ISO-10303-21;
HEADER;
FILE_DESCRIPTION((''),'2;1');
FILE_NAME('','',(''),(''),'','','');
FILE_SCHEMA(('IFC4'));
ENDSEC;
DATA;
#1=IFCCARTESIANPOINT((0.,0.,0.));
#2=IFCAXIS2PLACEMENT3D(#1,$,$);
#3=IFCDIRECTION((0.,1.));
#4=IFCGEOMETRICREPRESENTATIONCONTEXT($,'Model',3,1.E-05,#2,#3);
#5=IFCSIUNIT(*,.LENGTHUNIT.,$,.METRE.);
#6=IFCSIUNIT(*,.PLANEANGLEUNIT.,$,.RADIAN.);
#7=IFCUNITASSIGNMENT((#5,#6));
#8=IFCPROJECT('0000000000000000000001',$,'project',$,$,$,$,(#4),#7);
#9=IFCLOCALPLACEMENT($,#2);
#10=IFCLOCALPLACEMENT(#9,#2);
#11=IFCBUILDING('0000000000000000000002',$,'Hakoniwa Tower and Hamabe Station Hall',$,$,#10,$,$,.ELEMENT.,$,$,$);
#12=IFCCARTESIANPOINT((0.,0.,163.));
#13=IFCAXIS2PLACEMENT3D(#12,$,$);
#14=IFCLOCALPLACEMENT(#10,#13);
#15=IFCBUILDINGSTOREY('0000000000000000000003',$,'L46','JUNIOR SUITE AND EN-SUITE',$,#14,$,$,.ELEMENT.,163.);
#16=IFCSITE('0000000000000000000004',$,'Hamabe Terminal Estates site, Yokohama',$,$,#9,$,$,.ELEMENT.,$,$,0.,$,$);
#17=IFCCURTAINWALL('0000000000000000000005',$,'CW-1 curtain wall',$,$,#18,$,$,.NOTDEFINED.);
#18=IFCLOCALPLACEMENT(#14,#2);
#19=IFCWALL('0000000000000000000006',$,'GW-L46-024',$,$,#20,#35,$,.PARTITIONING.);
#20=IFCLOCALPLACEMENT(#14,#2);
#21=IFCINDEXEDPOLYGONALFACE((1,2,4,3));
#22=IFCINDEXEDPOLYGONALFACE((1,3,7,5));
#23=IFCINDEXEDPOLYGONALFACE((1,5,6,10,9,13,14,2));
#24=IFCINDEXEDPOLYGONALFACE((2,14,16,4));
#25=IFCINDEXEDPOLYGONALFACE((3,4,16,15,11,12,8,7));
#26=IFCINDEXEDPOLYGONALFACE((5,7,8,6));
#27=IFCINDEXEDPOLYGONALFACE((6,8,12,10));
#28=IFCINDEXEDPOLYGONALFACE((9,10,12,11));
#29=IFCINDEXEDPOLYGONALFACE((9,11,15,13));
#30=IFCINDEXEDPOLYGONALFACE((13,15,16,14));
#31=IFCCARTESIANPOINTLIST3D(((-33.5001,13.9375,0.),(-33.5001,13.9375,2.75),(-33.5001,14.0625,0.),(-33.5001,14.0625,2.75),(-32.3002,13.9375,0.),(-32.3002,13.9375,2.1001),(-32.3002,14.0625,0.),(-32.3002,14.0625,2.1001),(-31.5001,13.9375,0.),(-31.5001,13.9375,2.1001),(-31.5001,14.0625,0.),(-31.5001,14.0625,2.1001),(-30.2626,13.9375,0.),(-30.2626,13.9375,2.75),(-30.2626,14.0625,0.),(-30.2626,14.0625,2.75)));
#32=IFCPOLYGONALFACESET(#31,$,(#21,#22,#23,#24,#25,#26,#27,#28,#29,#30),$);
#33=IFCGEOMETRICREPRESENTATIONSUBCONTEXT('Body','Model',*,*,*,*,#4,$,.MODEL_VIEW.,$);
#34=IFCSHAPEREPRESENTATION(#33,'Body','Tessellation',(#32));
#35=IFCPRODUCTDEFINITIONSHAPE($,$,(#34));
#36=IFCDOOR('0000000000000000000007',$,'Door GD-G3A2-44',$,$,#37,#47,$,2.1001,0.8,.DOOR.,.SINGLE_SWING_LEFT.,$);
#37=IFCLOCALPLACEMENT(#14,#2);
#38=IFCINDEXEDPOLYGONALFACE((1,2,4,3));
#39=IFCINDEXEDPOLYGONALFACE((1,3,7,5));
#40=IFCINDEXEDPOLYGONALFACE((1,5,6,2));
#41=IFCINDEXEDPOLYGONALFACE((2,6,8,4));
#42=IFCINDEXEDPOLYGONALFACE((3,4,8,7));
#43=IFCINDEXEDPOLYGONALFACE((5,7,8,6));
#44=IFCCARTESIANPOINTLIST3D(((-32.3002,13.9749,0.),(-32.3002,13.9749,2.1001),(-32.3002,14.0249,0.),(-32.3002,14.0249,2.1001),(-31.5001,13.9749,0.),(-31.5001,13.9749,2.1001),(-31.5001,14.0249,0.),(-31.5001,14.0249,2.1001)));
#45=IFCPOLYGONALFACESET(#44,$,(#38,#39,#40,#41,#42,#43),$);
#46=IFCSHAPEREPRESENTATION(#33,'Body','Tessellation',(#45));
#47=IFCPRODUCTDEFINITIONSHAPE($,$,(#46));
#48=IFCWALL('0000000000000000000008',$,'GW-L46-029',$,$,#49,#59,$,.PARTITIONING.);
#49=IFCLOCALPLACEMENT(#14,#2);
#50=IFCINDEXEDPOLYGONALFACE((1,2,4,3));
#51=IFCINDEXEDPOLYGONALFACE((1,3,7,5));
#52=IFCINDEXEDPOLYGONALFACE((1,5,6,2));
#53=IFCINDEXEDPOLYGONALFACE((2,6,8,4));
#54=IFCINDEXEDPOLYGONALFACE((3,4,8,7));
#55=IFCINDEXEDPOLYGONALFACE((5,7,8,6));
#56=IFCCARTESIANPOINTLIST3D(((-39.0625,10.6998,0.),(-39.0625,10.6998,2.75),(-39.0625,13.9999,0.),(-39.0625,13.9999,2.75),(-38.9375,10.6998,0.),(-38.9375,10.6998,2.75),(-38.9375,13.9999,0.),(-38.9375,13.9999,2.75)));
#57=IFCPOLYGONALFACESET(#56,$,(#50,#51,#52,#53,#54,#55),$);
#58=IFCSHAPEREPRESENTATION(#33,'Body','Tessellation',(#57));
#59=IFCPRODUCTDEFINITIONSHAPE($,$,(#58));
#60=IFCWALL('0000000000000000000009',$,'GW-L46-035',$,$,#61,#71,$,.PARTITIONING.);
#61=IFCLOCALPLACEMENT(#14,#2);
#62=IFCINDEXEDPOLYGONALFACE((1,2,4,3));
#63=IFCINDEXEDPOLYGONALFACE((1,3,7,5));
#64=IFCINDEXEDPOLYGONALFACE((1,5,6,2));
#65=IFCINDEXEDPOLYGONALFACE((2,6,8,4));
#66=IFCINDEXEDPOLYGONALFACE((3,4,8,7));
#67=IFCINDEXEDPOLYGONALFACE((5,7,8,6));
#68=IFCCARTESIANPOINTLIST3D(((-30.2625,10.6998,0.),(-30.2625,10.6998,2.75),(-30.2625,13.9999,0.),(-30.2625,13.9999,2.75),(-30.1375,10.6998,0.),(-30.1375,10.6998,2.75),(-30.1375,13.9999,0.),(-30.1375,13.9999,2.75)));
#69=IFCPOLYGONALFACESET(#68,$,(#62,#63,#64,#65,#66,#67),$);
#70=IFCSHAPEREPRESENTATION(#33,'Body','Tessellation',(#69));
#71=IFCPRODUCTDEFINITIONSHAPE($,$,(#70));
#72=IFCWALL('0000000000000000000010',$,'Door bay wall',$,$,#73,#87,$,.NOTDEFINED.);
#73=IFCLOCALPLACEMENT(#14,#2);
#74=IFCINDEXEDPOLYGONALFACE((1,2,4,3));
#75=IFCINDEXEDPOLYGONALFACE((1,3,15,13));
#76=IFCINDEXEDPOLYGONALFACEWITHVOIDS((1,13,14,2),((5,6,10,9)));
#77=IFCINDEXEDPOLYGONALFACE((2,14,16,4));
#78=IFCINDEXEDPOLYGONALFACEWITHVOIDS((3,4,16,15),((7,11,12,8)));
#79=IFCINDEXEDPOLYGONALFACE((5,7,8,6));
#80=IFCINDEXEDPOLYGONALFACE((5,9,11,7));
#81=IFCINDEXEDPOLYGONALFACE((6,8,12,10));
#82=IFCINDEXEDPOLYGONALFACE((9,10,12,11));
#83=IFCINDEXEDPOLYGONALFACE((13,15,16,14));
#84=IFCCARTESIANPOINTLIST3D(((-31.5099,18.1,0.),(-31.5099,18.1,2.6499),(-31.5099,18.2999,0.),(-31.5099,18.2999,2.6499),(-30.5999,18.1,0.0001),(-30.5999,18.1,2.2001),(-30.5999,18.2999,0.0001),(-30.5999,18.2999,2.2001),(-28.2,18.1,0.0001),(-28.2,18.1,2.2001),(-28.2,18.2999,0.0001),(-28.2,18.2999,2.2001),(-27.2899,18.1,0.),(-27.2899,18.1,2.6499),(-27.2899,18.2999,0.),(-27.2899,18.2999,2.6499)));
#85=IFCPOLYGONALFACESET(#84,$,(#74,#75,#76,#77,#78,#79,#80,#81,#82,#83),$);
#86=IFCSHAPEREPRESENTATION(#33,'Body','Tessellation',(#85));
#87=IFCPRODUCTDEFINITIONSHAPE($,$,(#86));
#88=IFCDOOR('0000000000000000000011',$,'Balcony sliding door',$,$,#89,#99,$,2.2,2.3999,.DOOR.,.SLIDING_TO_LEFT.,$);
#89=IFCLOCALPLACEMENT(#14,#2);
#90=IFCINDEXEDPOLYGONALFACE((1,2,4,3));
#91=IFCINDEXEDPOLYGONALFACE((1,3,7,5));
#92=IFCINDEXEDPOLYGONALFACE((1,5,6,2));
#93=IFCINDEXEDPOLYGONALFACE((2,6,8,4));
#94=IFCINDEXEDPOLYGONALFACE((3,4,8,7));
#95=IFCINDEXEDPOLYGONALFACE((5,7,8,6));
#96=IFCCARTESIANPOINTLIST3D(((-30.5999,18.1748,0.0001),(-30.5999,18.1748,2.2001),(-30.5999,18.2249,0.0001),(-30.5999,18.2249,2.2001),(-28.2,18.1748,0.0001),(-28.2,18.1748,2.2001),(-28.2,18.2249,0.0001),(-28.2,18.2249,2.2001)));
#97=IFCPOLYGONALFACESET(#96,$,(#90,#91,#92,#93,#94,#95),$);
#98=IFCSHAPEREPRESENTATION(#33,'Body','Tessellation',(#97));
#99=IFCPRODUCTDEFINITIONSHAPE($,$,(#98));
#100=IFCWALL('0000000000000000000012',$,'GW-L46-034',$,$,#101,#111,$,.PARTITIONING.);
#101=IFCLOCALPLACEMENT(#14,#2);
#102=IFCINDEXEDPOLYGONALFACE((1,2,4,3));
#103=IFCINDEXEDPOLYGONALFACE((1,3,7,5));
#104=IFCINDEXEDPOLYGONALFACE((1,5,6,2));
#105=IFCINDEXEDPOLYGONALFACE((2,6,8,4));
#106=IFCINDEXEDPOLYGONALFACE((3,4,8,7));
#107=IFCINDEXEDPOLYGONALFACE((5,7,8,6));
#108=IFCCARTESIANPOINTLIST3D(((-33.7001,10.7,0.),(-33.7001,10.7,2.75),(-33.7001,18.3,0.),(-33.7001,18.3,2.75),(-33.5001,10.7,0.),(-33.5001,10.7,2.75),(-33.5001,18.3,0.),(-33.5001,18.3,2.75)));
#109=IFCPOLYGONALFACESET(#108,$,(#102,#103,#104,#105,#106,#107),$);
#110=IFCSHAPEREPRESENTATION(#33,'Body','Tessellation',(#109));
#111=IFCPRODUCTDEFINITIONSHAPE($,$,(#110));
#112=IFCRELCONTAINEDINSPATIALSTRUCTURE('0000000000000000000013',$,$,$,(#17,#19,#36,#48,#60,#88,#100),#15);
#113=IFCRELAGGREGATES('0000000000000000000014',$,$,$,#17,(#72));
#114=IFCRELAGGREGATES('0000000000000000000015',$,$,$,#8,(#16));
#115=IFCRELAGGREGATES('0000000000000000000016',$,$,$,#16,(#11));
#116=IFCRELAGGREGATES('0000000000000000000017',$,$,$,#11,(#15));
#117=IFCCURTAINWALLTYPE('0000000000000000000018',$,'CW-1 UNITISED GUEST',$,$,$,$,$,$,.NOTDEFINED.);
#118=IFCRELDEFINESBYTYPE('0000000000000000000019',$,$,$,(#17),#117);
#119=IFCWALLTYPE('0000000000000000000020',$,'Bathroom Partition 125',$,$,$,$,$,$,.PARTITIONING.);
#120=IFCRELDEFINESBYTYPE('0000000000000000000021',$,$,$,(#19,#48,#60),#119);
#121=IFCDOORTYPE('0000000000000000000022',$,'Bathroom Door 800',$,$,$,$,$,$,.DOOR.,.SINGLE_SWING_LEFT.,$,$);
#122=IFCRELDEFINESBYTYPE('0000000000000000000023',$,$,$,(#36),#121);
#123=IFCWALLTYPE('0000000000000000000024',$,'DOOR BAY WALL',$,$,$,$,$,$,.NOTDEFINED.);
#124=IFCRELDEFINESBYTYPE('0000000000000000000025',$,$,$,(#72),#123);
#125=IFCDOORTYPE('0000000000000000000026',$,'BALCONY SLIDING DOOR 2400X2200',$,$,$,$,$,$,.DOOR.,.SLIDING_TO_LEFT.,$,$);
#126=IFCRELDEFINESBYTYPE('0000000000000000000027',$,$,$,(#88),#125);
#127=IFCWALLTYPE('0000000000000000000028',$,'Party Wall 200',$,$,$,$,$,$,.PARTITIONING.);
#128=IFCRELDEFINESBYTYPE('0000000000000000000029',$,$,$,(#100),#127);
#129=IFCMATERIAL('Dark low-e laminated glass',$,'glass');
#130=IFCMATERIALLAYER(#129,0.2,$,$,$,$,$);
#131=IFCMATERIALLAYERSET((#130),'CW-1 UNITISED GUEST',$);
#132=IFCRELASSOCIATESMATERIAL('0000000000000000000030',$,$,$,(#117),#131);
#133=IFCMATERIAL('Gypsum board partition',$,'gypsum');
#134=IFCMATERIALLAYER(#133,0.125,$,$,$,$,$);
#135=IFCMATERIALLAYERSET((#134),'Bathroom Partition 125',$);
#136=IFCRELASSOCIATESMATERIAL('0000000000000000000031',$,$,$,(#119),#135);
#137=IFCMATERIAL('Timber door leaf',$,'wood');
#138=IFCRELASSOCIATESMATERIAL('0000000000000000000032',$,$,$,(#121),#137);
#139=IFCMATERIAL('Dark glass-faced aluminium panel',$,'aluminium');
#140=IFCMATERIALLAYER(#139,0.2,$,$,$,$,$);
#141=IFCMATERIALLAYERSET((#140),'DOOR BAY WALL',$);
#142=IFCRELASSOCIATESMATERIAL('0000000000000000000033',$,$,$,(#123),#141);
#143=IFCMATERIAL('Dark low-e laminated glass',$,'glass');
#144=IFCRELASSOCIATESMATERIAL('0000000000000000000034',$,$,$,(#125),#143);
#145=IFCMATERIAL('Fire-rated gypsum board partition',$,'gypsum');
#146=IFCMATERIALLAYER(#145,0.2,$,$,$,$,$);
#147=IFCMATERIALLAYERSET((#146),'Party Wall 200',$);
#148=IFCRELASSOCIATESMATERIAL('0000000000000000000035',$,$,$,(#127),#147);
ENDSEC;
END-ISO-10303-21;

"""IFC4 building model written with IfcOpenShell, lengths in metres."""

from ifc_helpers import new_model, si_unit, direction, frame, frame_2d, origin, place, context, subcontext, project, spatial, rectangle, extrude, material, layer, layer_set, type_object, element, fill, aggregate, save


model = new_model("IFC4")

# Units and contexts
model_context = context("Model", 3, precision=1e-05, world=origin(), true_north=direction((0.0, 1.0)))
body_context = subcontext(model_context, "Body", "Model", "MODEL_VIEW")
ifc_project = project(units=[si_unit("LENGTHUNIT", "METRE"), si_unit("PLANEANGLEUNIT", "RADIAN")], contexts=[model_context])

# Site, building, storey
site_placement = place(None, origin())
site = spatial("IfcSite", under=ifc_project, at=site_placement, Name="Hamabe Terminal Estates site, Yokohama", CompositionType="ELEMENT", RefElevation=0.0)
building_placement = place(site_placement, origin())
building = spatial("IfcBuilding", under=site, at=building_placement, Name="Hakoniwa Tower and Hamabe Station Hall", CompositionType="ELEMENT")
storey_placement = place(building_placement, frame((0.0, 0.0, 163.0)))
storey = spatial("IfcBuildingStorey", under=building, at=storey_placement, Name="L46", Description="JUNIOR SUITE AND EN-SUITE", CompositionType="ELEMENT", Elevation=163.0)

# Curtain wall
ifc_material_1 = material(Name="Dark low-e laminated glass", Category="glass")
ifc_layer_1 = layer(ifc_material_1, 0.2)
ifc_layer_set_1 = layer_set([ifc_layer_1], Name="CW-1 UNITISED GUEST")
curtain_wall_type = type_object("IfcCurtainWallType", Name="CW-1 UNITISED GUEST", PredefinedType="NOTDEFINED", material=ifc_layer_set_1)
curtain_wall_1_placement = place(storey_placement, origin())
curtain_wall_1 = element("IfcCurtainWall", 1, at=curtain_wall_1_placement, inside=storey, type_object=curtain_wall_type, Name="CW-1 curtain wall", PredefinedType="NOTDEFINED")

# Wall, opening, door
ifc_material_2 = material(Name="Gypsum board partition", Category="gypsum")
ifc_layer_2 = layer(ifc_material_2, 0.125)
ifc_layer_set_2 = layer_set([ifc_layer_2], Name="Bathroom Partition 125")
wall_type_1 = type_object("IfcWallType", Name="Bathroom Partition 125", PredefinedType="PARTITIONING", material=ifc_layer_set_2)
ifc_material_3 = material(Name="Timber door leaf", Category="wood")
door_type_1 = type_object("IfcDoorType", Name="Bathroom Door 800", OperationType="SINGLE_SWING_LEFT", PredefinedType="DOOR", material=ifc_material_3)
wall_1_placement = place(storey_placement, frame((-33.5, 14.0, 0.0), z_axis=(0.0, 0.0, 1.0), x_axis=(1.0, 0.0, 0.0)))
wall_1 = element("IfcWall", 2, at=wall_1_placement, inside=storey, type_object=wall_type_1, Name="GW-L46-024", PredefinedType="PARTITIONING", context=body_context, shape_type="SweptSolid", body=[
    extrude(rectangle(XDim=3.2375, YDim=0.125, at=frame_2d((1.6187, 0.0))), origin(), (0.0, 0.0, 1.0), 2.75),
])
opening_1_placement = place(wall_1_placement, frame((1.2, 0.0, 0.0)))
opening_1 = element("IfcOpeningElement", 3, at=opening_1_placement, cuts=wall_1, PredefinedType="OPENING", context=body_context, shape_type="SweptSolid", body=[
    extrude(rectangle(XDim=0.8, YDim=2.1001, at=frame_2d((0.3999, 1.05))), frame((0.0, 0.0725, 0.0), z_axis=(0.0, -1.0, 0.0), x_axis=(1.0, 0.0, 0.0)), (0.0, 0.0, 1.0), 0.145),
])
door_1_placement = place(opening_1_placement, origin())
door_1 = element("IfcDoor", 4, at=door_1_placement, inside=storey, type_object=door_type_1, Name="Door GD-G3A2-44", OperationType="SINGLE_SWING_LEFT", OverallHeight=2.1001, OverallWidth=0.8, PredefinedType="DOOR", context=body_context, shape_type="SweptSolid", body=[
    extrude(rectangle(XDim=0.8, YDim=2.1001, at=frame_2d((0.3999, 1.05))), frame((0.0, 0.0249, 0.0), z_axis=(0.0, -1.0, 0.0), x_axis=(1.0, 0.0, 0.0)), (0.0, 0.0, 1.0), 0.05),
])
fill(opening_1, door_1)

# Walls
for number, where, z_axis, x_axis, name in (
    (5, (-39.0, 10.7, 0.0), (0.0, 0.0, 1.0), (0.0, 1.0, 0.0), "GW-L46-029"),
    (6, (-30.2, 10.7, 0.0), (0.0, 0.0, 1.0), (0.0, 1.0, 0.0), "GW-L46-035"),
):
    element("IfcWall", number, at=place(storey_placement, frame(where, z_axis=z_axis, x_axis=x_axis)), inside=storey, type_object=wall_type_1, Name=name, PredefinedType="PARTITIONING", context=body_context, shape_type="SweptSolid", body=[
        extrude(rectangle(XDim=3.3, YDim=0.125, at=frame_2d((1.6499, 0.0))), origin(), (0.0, 0.0, 1.0), 2.75),
    ])

# Wall, opening, door
ifc_material_4 = material(Name="Dark glass-faced aluminium panel", Category="aluminium")
ifc_layer_3 = layer(ifc_material_4, 0.2)
ifc_layer_set_3 = layer_set([ifc_layer_3], Name="DOOR BAY WALL")
wall_type_2 = type_object("IfcWallType", Name="DOOR BAY WALL", PredefinedType="NOTDEFINED", material=ifc_layer_set_3)
wall_2_placement = place(storey_placement, frame((-27.29, 18.2, 0.0), z_axis=(0.0, 0.0, 1.0), x_axis=(-1.0, 0.0, 0.0)))
wall_2 = element("IfcWall", 7, at=wall_2_placement, type_object=wall_type_2, Name="Door bay wall", PredefinedType="NOTDEFINED", context=body_context, shape_type="SweptSolid", body=[
    extrude(rectangle(XDim=4.22, YDim=0.2, at=frame_2d((2.1099, 0.0))), origin(), (0.0, 0.0, 1.0), 2.6499),
])
opening_2_placement = place(wall_2_placement, frame((0.9099, 0.0, 0.0)))
opening_2 = element("IfcOpeningElement", 8, at=opening_2_placement, cuts=wall_2, PredefinedType="OPENING", context=body_context, shape_type="SweptSolid", body=[
    extrude(rectangle(XDim=2.3999, YDim=2.2, at=frame_2d((1.2, 1.1001))), frame((0.0, 0.1099, 0.0), z_axis=(0.0, -1.0, 0.0), x_axis=(1.0, 0.0, 0.0)), (0.0, 0.0, 1.0), 0.22),
])
ifc_material_5 = material(Name="Dark low-e laminated glass", Category="glass")
door_type_2 = type_object("IfcDoorType", Name="BALCONY SLIDING DOOR 2400X2200", OperationType="SLIDING_TO_LEFT", PredefinedType="DOOR", material=ifc_material_5)
door_2_placement = place(opening_2_placement, frame((2.3999, 0.0, 0.0), z_axis=(0.0, 0.0, 1.0), x_axis=(-1.0, 0.0, 0.0)))
door_2 = element("IfcDoor", 9, at=door_2_placement, inside=storey, type_object=door_type_2, Name="Balcony sliding door", OperationType="SLIDING_TO_LEFT", OverallHeight=2.2, OverallWidth=2.3999, PredefinedType="DOOR", context=body_context, shape_type="SweptSolid", body=[
    extrude(rectangle(XDim=2.3999, YDim=2.2, at=frame_2d((1.2, 1.1001))), frame((0.0, 0.0249, 0.0), z_axis=(0.0, -1.0, 0.0), x_axis=(1.0, 0.0, 0.0)), (0.0, 0.0, 1.0), 0.05),
])
fill(opening_2, door_2)
aggregate(curtain_wall_1, [wall_2])

# Wall
ifc_material_6 = material(Name="Fire-rated gypsum board partition", Category="gypsum")
ifc_layer_4 = layer(ifc_material_6, 0.2)
ifc_layer_set_4 = layer_set([ifc_layer_4], Name="Party Wall 200")
wall_type_3 = type_object("IfcWallType", Name="Party Wall 200", PredefinedType="PARTITIONING", material=ifc_layer_set_4)
wall_3_placement = place(storey_placement, frame((-33.6001, 10.7, 0.0), z_axis=(0.0, 0.0, 1.0), x_axis=(0.0, 1.0, 0.0)))
element("IfcWall", 10, at=wall_3_placement, inside=storey, type_object=wall_type_3, Name="GW-L46-034", PredefinedType="PARTITIONING", context=body_context, shape_type="SweptSolid", body=[
    extrude(rectangle(XDim=7.6001, YDim=0.2, at=frame_2d((3.8, 0.0))), origin(), (0.0, 0.0, 1.0), 2.75),
])

save(model, "model.ifc")
